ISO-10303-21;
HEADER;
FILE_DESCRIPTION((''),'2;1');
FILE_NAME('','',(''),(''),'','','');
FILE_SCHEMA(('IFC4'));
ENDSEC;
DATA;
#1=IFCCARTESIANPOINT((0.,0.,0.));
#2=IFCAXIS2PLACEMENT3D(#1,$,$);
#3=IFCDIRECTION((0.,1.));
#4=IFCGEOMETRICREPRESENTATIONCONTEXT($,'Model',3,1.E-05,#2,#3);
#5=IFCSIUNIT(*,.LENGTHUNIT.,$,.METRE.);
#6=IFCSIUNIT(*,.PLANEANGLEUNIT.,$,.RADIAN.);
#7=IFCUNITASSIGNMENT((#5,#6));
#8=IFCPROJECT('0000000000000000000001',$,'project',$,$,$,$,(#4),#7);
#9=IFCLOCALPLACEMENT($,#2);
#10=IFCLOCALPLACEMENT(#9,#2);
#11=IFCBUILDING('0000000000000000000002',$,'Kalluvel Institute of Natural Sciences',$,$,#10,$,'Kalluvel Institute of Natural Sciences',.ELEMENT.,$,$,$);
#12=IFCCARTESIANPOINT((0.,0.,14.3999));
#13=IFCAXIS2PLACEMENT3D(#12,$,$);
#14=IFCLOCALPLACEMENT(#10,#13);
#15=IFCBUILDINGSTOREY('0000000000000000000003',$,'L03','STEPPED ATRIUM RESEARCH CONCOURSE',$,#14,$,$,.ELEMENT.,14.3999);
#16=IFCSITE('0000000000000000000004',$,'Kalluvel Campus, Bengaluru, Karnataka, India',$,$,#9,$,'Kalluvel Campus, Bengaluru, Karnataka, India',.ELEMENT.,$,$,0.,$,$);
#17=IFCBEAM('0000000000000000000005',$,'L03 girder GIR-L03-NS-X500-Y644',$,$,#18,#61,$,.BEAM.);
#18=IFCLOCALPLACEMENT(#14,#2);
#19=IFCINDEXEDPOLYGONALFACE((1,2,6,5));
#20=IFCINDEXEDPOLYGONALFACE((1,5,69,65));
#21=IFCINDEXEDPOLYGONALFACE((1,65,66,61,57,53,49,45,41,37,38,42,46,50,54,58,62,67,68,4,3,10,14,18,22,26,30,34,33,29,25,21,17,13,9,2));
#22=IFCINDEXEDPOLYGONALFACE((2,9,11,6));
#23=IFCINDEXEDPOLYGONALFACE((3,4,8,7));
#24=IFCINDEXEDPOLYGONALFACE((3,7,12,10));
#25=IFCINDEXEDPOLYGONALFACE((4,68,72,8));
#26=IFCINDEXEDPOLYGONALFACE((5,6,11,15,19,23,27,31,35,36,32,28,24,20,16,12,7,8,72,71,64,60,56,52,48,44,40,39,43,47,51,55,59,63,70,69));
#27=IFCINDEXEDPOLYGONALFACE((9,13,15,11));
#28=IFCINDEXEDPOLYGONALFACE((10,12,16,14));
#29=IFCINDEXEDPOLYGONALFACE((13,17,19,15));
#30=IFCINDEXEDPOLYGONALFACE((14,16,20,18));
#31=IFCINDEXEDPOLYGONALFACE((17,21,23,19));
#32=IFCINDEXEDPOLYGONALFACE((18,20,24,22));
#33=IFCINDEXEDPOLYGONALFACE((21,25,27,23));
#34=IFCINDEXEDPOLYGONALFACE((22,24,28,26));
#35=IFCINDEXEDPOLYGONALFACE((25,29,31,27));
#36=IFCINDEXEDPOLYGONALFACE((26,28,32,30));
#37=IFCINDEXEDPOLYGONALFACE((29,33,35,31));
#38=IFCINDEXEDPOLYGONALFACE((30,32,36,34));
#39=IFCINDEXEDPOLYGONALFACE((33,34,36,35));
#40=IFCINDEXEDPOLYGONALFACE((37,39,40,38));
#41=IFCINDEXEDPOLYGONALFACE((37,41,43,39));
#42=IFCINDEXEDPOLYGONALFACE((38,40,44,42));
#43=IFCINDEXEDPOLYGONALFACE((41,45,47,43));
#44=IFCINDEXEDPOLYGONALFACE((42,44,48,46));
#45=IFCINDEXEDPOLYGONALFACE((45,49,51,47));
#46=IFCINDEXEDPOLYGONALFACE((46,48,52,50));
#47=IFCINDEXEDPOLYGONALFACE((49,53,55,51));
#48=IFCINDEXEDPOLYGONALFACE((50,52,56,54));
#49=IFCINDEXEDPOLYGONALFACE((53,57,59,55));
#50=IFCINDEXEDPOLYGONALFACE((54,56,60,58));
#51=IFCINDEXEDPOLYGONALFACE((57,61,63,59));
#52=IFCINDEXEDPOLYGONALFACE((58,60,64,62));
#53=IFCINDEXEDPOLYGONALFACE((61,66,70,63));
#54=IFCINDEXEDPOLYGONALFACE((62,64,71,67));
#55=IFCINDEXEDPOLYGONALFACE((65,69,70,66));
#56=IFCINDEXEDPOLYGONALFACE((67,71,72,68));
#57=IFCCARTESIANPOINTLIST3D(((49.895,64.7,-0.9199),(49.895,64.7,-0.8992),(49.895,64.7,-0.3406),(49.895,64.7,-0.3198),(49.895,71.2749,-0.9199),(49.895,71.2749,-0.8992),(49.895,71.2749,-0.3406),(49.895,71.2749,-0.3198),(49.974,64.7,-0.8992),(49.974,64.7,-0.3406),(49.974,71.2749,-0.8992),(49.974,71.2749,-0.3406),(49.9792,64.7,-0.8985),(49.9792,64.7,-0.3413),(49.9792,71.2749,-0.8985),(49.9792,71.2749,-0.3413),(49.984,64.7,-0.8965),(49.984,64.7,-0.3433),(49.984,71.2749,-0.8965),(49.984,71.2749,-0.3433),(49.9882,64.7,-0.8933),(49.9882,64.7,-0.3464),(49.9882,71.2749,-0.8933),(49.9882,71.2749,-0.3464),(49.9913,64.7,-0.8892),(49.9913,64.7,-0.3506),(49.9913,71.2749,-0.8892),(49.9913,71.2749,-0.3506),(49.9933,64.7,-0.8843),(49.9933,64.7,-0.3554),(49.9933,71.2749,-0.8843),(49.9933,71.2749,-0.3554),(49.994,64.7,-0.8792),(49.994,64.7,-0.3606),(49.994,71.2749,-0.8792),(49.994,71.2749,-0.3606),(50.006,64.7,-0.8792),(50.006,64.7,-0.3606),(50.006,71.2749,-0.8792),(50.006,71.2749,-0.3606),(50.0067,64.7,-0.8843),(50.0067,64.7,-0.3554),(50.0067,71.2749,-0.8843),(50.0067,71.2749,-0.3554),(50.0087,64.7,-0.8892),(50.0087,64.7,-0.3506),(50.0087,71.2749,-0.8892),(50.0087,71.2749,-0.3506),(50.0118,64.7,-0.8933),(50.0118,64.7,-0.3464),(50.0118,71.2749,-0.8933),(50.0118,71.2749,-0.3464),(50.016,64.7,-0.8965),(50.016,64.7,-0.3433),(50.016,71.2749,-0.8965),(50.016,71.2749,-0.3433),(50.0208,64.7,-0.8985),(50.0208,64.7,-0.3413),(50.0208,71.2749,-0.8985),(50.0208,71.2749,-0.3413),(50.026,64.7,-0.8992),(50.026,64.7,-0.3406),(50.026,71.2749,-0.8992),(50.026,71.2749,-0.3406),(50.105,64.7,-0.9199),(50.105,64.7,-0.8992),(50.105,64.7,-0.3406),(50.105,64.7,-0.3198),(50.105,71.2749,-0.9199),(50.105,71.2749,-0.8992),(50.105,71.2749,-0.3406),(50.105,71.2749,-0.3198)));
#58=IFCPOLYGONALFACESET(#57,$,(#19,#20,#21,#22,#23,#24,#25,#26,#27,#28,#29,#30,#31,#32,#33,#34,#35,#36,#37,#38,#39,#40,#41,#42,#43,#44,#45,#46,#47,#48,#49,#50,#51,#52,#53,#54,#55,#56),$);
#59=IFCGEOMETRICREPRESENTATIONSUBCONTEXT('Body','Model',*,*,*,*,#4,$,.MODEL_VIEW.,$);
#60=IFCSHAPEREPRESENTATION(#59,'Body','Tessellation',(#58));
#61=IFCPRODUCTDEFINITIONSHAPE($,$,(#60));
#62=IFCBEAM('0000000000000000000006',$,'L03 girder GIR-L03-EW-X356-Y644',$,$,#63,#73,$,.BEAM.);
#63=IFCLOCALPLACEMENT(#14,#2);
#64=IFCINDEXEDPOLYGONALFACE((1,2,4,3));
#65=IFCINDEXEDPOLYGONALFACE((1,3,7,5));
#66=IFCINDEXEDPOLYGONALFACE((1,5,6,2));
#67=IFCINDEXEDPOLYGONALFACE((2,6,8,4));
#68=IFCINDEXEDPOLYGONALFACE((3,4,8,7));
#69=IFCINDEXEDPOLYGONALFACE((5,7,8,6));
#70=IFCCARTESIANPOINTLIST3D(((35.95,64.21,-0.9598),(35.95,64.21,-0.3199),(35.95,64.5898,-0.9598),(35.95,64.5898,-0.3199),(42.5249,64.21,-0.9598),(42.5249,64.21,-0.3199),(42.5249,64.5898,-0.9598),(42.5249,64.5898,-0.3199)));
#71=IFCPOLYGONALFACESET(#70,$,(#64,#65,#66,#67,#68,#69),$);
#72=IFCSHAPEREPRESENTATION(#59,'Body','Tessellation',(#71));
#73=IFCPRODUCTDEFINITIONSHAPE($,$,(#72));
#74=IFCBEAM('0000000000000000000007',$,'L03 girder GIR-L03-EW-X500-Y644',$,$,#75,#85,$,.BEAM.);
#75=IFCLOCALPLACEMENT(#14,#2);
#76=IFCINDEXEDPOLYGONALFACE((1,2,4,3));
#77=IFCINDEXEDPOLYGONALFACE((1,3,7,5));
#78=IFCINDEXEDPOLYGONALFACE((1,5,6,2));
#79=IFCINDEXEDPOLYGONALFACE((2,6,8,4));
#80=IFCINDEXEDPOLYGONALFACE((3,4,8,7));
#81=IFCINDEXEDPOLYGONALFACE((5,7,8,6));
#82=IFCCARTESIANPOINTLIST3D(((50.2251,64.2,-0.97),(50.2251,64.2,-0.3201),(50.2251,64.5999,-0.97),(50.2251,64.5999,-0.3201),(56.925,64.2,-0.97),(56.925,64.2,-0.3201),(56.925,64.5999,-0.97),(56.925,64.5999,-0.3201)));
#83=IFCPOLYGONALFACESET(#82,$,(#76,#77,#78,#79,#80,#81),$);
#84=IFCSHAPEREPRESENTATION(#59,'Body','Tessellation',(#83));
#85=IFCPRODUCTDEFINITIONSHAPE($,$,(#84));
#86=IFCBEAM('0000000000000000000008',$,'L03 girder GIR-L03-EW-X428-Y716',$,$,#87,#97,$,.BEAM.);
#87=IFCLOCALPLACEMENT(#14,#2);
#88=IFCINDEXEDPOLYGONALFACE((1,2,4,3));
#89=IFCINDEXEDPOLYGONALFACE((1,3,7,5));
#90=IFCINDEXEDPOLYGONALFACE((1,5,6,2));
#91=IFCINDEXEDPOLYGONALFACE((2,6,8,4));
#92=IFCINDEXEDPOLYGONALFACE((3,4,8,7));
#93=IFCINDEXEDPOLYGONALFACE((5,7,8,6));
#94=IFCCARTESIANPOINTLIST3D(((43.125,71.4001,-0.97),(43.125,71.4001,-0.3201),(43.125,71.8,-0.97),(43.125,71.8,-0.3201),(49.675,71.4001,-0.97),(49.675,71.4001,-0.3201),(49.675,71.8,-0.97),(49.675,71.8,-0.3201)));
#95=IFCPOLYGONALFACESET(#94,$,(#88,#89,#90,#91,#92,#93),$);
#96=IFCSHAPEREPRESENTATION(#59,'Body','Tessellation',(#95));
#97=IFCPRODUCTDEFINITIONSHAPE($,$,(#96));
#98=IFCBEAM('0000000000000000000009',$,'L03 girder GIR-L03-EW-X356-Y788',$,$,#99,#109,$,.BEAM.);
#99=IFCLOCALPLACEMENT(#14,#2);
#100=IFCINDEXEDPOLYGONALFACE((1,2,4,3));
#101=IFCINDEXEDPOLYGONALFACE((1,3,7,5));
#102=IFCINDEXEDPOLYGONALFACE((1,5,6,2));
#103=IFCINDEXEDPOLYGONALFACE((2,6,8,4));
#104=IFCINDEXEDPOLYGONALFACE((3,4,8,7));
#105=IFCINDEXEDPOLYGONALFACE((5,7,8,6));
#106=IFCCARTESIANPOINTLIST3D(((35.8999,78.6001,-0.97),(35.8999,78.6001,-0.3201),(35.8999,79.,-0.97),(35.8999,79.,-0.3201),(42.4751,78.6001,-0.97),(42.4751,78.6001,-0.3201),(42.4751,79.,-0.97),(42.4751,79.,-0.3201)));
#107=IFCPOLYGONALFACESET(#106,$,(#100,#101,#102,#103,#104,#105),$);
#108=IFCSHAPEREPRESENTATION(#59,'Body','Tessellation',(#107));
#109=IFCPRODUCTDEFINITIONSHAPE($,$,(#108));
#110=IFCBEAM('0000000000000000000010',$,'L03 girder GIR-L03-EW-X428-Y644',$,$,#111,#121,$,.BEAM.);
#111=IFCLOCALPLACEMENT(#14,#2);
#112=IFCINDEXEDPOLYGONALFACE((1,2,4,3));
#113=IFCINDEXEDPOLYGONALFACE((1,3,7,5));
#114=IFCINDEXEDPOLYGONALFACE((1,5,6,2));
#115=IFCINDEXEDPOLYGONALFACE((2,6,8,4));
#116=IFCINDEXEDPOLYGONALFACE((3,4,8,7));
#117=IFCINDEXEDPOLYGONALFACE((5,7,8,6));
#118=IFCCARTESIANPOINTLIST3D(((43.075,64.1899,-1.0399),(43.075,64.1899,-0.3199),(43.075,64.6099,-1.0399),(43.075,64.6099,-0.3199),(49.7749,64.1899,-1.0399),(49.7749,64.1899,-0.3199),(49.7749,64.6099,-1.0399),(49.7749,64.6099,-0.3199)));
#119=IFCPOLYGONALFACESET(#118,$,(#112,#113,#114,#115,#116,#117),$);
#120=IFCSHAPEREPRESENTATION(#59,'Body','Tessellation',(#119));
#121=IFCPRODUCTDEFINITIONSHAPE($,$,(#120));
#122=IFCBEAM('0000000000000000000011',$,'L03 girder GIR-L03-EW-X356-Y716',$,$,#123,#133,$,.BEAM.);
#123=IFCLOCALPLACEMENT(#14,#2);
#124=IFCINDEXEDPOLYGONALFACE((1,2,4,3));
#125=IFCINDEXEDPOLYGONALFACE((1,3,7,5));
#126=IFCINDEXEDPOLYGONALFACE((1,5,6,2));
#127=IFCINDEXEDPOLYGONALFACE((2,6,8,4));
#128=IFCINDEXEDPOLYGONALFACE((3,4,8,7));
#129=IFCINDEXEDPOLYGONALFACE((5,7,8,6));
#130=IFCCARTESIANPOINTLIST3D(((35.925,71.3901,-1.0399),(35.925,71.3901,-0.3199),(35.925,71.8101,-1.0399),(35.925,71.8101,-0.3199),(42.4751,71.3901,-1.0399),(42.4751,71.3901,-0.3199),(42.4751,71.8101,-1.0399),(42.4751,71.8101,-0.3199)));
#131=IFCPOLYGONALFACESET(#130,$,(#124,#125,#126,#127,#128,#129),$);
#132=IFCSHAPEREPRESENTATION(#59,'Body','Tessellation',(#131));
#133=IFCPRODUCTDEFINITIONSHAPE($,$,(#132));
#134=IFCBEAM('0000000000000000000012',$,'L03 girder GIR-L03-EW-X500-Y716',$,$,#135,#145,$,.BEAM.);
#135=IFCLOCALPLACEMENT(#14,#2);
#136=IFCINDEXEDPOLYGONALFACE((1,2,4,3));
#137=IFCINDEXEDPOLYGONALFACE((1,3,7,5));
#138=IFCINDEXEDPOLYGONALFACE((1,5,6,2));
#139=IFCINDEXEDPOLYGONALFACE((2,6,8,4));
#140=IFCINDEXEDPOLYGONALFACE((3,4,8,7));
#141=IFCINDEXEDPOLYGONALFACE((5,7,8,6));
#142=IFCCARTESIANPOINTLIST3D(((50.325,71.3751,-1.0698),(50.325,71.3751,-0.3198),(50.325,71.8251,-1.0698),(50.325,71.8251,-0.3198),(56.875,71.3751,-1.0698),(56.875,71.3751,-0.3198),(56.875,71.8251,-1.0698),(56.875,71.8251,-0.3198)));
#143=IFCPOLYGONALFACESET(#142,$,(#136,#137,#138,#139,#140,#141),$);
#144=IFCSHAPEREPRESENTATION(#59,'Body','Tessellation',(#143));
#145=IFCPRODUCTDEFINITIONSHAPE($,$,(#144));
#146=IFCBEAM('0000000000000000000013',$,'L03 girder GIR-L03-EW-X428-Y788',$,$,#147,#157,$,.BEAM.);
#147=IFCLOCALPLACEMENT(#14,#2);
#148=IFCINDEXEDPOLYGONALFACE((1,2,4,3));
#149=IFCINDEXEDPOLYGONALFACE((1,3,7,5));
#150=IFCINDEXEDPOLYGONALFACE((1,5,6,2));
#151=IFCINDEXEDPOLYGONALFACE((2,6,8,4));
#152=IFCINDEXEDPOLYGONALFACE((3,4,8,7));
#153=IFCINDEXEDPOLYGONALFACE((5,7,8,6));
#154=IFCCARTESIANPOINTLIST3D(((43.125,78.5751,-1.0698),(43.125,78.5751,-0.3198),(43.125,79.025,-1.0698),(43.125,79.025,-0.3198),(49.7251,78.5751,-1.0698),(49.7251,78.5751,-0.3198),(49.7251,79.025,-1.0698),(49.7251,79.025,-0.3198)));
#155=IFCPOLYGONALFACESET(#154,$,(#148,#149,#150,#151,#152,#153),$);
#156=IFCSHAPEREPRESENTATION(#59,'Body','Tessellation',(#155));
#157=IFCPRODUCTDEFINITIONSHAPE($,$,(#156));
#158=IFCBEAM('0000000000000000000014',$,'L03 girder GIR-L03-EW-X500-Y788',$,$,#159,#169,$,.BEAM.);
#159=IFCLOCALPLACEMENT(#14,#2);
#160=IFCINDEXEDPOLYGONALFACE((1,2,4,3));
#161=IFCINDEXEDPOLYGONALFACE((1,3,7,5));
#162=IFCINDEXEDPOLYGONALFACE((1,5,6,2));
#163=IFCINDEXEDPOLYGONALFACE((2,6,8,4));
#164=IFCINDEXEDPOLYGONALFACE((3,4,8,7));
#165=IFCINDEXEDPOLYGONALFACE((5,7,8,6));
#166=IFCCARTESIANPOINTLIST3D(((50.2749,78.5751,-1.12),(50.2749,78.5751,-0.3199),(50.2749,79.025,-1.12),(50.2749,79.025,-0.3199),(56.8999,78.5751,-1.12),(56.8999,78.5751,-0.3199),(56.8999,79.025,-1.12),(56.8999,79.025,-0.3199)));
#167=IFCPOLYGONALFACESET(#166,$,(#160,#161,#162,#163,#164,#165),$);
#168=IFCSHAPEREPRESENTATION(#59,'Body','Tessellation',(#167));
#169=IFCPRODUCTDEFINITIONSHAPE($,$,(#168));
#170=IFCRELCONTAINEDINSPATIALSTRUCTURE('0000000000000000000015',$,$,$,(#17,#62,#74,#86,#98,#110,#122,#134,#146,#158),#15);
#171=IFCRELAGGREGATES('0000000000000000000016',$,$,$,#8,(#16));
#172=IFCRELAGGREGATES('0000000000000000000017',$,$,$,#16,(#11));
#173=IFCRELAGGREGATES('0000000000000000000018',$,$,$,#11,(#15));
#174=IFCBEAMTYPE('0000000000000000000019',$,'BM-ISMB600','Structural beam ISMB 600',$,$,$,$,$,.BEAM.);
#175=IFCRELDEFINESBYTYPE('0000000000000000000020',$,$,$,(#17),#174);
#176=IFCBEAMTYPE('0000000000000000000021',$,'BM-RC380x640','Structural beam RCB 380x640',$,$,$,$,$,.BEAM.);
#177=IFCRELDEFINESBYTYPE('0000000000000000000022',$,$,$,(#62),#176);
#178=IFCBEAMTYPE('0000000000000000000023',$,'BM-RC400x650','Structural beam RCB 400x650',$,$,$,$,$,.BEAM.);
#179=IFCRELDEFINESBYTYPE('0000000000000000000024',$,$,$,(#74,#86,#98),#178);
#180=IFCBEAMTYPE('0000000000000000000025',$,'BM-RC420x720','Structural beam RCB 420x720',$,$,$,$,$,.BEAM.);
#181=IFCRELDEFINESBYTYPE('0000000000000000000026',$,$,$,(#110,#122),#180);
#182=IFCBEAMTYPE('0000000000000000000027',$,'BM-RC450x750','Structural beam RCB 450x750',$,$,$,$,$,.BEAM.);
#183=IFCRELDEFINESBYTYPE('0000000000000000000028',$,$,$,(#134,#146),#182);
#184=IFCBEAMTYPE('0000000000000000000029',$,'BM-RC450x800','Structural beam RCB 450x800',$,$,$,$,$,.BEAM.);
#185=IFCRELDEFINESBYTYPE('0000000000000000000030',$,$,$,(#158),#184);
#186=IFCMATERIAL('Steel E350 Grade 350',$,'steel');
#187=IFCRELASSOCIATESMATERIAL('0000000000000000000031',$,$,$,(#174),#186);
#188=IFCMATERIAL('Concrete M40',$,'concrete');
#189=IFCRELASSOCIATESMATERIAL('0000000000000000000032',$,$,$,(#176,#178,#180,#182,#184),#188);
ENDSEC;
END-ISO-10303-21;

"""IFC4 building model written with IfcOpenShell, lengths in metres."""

from ifc_helpers import new_model, si_unit, direction, frame, origin, origin_2d, place, context, subcontext, project, spatial, rectangle, i_section, extrude, material, material_profile, profile_set, type_object, element, save


model = new_model("IFC4")

# Units and contexts
model_context = context("Model", 3, precision=1e-05, world=origin(), true_north=direction((0.0, 1.0)))
body_context = subcontext(model_context, "Body", "Model", "MODEL_VIEW")
ifc_project = project(units=[si_unit("LENGTHUNIT", "METRE"), si_unit("PLANEANGLEUNIT", "RADIAN")], contexts=[model_context])

# Site, building, storey
site_placement = place(None, origin())
site = spatial("IfcSite", under=ifc_project, at=site_placement, Name="Kalluvel Campus, Bengaluru, Karnataka, India", LongName="Kalluvel Campus, Bengaluru, Karnataka, India", CompositionType="ELEMENT", RefElevation=0.0)
building_placement = place(site_placement, origin())
building = spatial("IfcBuilding", under=site, at=building_placement, Name="Kalluvel Institute of Natural Sciences", LongName="Kalluvel Institute of Natural Sciences", CompositionType="ELEMENT")
storey_placement = place(building_placement, frame((0.0, 0.0, 14.3999)))
storey = spatial("IfcBuildingStorey", under=building, at=storey_placement, Name="L03", Description="STEPPED ATRIUM RESEARCH CONCOURSE", CompositionType="ELEMENT", Elevation=14.3999)

# Shared definitions
ifc_material_1 = material(Name="Concrete M40", Category="concrete")

# Beams
ifc_material_2 = material(Name="Steel E350 Grade 350", Category="steel")
ifc_material_profile_1 = material_profile(ifc_material_2, i_section(OverallWidth=0.21, OverallDepth=0.6001, WebThickness=0.012, FlangeThickness=0.0208, FilletRadius=0.02, at=origin_2d()), Name="ISMB 600")
ifc_profile_set_1 = profile_set([ifc_material_profile_1], Name="Steel E350 Grade 350")
beam_type_1 = type_object("IfcBeamType", Name="BM-ISMB600", Description="Structural beam ISMB 600", PredefinedType="BEAM", material=ifc_profile_set_1)
beam_1_placement = place(storey_placement, frame((50.0, 64.7, -0.6199), z_axis=(0.0, 1.0, 0.0), x_axis=(-1.0, 0.0, 0.0)))
element("IfcBeam", 1, at=beam_1_placement, inside=storey, type_object=beam_type_1, Name="L03 girder GIR-L03-NS-X500-Y644", PredefinedType="BEAM", context=body_context, shape_type="SweptSolid", body=[
    extrude(i_section(OverallWidth=0.21, OverallDepth=0.6001, WebThickness=0.012, FlangeThickness=0.0208, FilletRadius=0.02, at=origin_2d()), origin(), (0.0, 0.0, 1.0), 6.575),
])
ifc_material_profile_2 = material_profile(ifc_material_1, rectangle(XDim=0.3799, YDim=0.6399, at=origin_2d()), Name="RCB 380x640")
ifc_profile_set_2 = profile_set([ifc_material_profile_2], Name="Concrete M40")
beam_type_2 = type_object("IfcBeamType", Name="BM-RC380x640", Description="Structural beam RCB 380x640", PredefinedType="BEAM", material=ifc_profile_set_2)
beam_2_placement = place(storey_placement, frame((35.95, 64.3999, -0.6399), z_axis=(1.0, 0.0, 0.0), x_axis=(0.0, 1.0, 0.0)))
element("IfcBeam", 2, at=beam_2_placement, inside=storey, type_object=beam_type_2, Name="L03 girder GIR-L03-EW-X356-Y644", PredefinedType="BEAM", context=body_context, shape_type="SweptSolid", body=[
    extrude(rectangle(XDim=0.3799, YDim=0.6399, at=origin_2d()), origin(), (0.0, 0.0, 1.0), 6.575),
])
ifc_material_profile_3 = material_profile(ifc_material_1, rectangle(XDim=0.3999, YDim=0.6499, at=origin_2d()), Name="RCB 400x650")
ifc_profile_set_3 = profile_set([ifc_material_profile_3], Name="Concrete M40")
beam_type_3 = type_object("IfcBeamType", Name="BM-RC400x650", Description="Structural beam RCB 400x650", PredefinedType="BEAM", material=ifc_profile_set_3)
beam_3_placement = place(storey_placement, frame((50.2251, 64.3999, -0.645), z_axis=(1.0, 0.0, 0.0), x_axis=(0.0, 1.0, 0.0)))
element("IfcBeam", 3, at=beam_3_placement, inside=storey, type_object=beam_type_3, Name="L03 girder GIR-L03-EW-X500-Y644", PredefinedType="BEAM", context=body_context, shape_type="SweptSolid", body=[
    extrude(rectangle(XDim=0.3999, YDim=0.6499, at=origin_2d()), origin(), (0.0, 0.0, 1.0), 6.7),
])
beam_4_placement = place(storey_placement, frame((43.125, 71.6001, -0.645), z_axis=(1.0, 0.0, 0.0), x_axis=(0.0, 1.0, 0.0)))
element("IfcBeam", 4, at=beam_4_placement, inside=storey, type_object=beam_type_3, Name="L03 girder GIR-L03-EW-X428-Y716", PredefinedType="BEAM", context=body_context, shape_type="SweptSolid", body=[
    extrude(rectangle(XDim=0.3999, YDim=0.6499, at=origin_2d()), origin(), (0.0, 0.0, 1.0), 6.55),
])
beam_5_placement = place(storey_placement, frame((35.8999, 78.8, -0.645), z_axis=(1.0, 0.0, 0.0), x_axis=(0.0, 1.0, 0.0)))
element("IfcBeam", 5, at=beam_5_placement, inside=storey, type_object=beam_type_3, Name="L03 girder GIR-L03-EW-X356-Y788", PredefinedType="BEAM", context=body_context, shape_type="SweptSolid", body=[
    extrude(rectangle(XDim=0.3999, YDim=0.6499, at=origin_2d()), origin(), (0.0, 0.0, 1.0), 6.5752),
])
ifc_material_profile_4 = material_profile(ifc_material_1, rectangle(XDim=0.4199, YDim=0.72, at=origin_2d()), Name="RCB 420x720")
ifc_profile_set_4 = profile_set([ifc_material_profile_4], Name="Concrete M40")
beam_type_4 = type_object("IfcBeamType", Name="BM-RC420x720", Description="Structural beam RCB 420x720", PredefinedType="BEAM", material=ifc_profile_set_4)
beam_6_placement = place(storey_placement, frame((43.075, 64.3999, -0.6799), z_axis=(1.0, 0.0, 0.0), x_axis=(0.0, 1.0, 0.0)))
element("IfcBeam", 6, at=beam_6_placement, inside=storey, type_object=beam_type_4, Name="L03 girder GIR-L03-EW-X428-Y644", PredefinedType="BEAM", context=body_context, shape_type="SweptSolid", body=[
    extrude(rectangle(XDim=0.4199, YDim=0.72, at=origin_2d()), origin(), (0.0, 0.0, 1.0), 6.7),
])
beam_7_placement = place(storey_placement, frame((35.925, 71.6001, -0.6799), z_axis=(1.0, 0.0, 0.0), x_axis=(0.0, 1.0, 0.0)))
element("IfcBeam", 7, at=beam_7_placement, inside=storey, type_object=beam_type_4, Name="L03 girder GIR-L03-EW-X356-Y716", PredefinedType="BEAM", context=body_context, shape_type="SweptSolid", body=[
    extrude(rectangle(XDim=0.4199, YDim=0.72, at=origin_2d()), origin(), (0.0, 0.0, 1.0), 6.55),
])
ifc_material_profile_5 = material_profile(ifc_material_1, rectangle(XDim=0.45, YDim=0.75, at=origin_2d()), Name="RCB 450x750")
ifc_profile_set_5 = profile_set([ifc_material_profile_5], Name="Concrete M40")
beam_type_5 = type_object("IfcBeamType", Name="BM-RC450x750", Description="Structural beam RCB 450x750", PredefinedType="BEAM", material=ifc_profile_set_5)
beam_8_placement = place(storey_placement, frame((50.325, 71.6001, -0.6948), z_axis=(1.0, 0.0, 0.0), x_axis=(0.0, 1.0, 0.0)))
element("IfcBeam", 8, at=beam_8_placement, inside=storey, type_object=beam_type_5, Name="L03 girder GIR-L03-EW-X500-Y716", PredefinedType="BEAM", context=body_context, shape_type="SweptSolid", body=[
    extrude(rectangle(XDim=0.45, YDim=0.75, at=origin_2d()), origin(), (0.0, 0.0, 1.0), 6.55),
])
beam_9_placement = place(storey_placement, frame((43.125, 78.8, -0.6948), z_axis=(1.0, 0.0, 0.0), x_axis=(0.0, 1.0, 0.0)))
element("IfcBeam", 9, at=beam_9_placement, inside=storey, type_object=beam_type_5, Name="L03 girder GIR-L03-EW-X428-Y788", PredefinedType="BEAM", context=body_context, shape_type="SweptSolid", body=[
    extrude(rectangle(XDim=0.45, YDim=0.75, at=origin_2d()), origin(), (0.0, 0.0, 1.0), 6.6001),
])
ifc_material_profile_6 = material_profile(ifc_material_1, rectangle(XDim=0.45, YDim=0.8, at=origin_2d()), Name="RCB 450x800")
ifc_profile_set_6 = profile_set([ifc_material_profile_6], Name="Concrete M40")
beam_type_6 = type_object("IfcBeamType", Name="BM-RC450x800", Description="Structural beam RCB 450x800", PredefinedType="BEAM", material=ifc_profile_set_6)
beam_10_placement = place(storey_placement, frame((50.2749, 78.8, -0.72), z_axis=(1.0, 0.0, 0.0), x_axis=(0.0, 1.0, 0.0)))
element("IfcBeam", 10, at=beam_10_placement, inside=storey, type_object=beam_type_6, Name="L03 girder GIR-L03-EW-X500-Y788", PredefinedType="BEAM", context=body_context, shape_type="SweptSolid", body=[
    extrude(rectangle(XDim=0.45, YDim=0.8, at=origin_2d()), origin(), (0.0, 0.0, 1.0), 6.625),
])

save(model, "model.ifc")
